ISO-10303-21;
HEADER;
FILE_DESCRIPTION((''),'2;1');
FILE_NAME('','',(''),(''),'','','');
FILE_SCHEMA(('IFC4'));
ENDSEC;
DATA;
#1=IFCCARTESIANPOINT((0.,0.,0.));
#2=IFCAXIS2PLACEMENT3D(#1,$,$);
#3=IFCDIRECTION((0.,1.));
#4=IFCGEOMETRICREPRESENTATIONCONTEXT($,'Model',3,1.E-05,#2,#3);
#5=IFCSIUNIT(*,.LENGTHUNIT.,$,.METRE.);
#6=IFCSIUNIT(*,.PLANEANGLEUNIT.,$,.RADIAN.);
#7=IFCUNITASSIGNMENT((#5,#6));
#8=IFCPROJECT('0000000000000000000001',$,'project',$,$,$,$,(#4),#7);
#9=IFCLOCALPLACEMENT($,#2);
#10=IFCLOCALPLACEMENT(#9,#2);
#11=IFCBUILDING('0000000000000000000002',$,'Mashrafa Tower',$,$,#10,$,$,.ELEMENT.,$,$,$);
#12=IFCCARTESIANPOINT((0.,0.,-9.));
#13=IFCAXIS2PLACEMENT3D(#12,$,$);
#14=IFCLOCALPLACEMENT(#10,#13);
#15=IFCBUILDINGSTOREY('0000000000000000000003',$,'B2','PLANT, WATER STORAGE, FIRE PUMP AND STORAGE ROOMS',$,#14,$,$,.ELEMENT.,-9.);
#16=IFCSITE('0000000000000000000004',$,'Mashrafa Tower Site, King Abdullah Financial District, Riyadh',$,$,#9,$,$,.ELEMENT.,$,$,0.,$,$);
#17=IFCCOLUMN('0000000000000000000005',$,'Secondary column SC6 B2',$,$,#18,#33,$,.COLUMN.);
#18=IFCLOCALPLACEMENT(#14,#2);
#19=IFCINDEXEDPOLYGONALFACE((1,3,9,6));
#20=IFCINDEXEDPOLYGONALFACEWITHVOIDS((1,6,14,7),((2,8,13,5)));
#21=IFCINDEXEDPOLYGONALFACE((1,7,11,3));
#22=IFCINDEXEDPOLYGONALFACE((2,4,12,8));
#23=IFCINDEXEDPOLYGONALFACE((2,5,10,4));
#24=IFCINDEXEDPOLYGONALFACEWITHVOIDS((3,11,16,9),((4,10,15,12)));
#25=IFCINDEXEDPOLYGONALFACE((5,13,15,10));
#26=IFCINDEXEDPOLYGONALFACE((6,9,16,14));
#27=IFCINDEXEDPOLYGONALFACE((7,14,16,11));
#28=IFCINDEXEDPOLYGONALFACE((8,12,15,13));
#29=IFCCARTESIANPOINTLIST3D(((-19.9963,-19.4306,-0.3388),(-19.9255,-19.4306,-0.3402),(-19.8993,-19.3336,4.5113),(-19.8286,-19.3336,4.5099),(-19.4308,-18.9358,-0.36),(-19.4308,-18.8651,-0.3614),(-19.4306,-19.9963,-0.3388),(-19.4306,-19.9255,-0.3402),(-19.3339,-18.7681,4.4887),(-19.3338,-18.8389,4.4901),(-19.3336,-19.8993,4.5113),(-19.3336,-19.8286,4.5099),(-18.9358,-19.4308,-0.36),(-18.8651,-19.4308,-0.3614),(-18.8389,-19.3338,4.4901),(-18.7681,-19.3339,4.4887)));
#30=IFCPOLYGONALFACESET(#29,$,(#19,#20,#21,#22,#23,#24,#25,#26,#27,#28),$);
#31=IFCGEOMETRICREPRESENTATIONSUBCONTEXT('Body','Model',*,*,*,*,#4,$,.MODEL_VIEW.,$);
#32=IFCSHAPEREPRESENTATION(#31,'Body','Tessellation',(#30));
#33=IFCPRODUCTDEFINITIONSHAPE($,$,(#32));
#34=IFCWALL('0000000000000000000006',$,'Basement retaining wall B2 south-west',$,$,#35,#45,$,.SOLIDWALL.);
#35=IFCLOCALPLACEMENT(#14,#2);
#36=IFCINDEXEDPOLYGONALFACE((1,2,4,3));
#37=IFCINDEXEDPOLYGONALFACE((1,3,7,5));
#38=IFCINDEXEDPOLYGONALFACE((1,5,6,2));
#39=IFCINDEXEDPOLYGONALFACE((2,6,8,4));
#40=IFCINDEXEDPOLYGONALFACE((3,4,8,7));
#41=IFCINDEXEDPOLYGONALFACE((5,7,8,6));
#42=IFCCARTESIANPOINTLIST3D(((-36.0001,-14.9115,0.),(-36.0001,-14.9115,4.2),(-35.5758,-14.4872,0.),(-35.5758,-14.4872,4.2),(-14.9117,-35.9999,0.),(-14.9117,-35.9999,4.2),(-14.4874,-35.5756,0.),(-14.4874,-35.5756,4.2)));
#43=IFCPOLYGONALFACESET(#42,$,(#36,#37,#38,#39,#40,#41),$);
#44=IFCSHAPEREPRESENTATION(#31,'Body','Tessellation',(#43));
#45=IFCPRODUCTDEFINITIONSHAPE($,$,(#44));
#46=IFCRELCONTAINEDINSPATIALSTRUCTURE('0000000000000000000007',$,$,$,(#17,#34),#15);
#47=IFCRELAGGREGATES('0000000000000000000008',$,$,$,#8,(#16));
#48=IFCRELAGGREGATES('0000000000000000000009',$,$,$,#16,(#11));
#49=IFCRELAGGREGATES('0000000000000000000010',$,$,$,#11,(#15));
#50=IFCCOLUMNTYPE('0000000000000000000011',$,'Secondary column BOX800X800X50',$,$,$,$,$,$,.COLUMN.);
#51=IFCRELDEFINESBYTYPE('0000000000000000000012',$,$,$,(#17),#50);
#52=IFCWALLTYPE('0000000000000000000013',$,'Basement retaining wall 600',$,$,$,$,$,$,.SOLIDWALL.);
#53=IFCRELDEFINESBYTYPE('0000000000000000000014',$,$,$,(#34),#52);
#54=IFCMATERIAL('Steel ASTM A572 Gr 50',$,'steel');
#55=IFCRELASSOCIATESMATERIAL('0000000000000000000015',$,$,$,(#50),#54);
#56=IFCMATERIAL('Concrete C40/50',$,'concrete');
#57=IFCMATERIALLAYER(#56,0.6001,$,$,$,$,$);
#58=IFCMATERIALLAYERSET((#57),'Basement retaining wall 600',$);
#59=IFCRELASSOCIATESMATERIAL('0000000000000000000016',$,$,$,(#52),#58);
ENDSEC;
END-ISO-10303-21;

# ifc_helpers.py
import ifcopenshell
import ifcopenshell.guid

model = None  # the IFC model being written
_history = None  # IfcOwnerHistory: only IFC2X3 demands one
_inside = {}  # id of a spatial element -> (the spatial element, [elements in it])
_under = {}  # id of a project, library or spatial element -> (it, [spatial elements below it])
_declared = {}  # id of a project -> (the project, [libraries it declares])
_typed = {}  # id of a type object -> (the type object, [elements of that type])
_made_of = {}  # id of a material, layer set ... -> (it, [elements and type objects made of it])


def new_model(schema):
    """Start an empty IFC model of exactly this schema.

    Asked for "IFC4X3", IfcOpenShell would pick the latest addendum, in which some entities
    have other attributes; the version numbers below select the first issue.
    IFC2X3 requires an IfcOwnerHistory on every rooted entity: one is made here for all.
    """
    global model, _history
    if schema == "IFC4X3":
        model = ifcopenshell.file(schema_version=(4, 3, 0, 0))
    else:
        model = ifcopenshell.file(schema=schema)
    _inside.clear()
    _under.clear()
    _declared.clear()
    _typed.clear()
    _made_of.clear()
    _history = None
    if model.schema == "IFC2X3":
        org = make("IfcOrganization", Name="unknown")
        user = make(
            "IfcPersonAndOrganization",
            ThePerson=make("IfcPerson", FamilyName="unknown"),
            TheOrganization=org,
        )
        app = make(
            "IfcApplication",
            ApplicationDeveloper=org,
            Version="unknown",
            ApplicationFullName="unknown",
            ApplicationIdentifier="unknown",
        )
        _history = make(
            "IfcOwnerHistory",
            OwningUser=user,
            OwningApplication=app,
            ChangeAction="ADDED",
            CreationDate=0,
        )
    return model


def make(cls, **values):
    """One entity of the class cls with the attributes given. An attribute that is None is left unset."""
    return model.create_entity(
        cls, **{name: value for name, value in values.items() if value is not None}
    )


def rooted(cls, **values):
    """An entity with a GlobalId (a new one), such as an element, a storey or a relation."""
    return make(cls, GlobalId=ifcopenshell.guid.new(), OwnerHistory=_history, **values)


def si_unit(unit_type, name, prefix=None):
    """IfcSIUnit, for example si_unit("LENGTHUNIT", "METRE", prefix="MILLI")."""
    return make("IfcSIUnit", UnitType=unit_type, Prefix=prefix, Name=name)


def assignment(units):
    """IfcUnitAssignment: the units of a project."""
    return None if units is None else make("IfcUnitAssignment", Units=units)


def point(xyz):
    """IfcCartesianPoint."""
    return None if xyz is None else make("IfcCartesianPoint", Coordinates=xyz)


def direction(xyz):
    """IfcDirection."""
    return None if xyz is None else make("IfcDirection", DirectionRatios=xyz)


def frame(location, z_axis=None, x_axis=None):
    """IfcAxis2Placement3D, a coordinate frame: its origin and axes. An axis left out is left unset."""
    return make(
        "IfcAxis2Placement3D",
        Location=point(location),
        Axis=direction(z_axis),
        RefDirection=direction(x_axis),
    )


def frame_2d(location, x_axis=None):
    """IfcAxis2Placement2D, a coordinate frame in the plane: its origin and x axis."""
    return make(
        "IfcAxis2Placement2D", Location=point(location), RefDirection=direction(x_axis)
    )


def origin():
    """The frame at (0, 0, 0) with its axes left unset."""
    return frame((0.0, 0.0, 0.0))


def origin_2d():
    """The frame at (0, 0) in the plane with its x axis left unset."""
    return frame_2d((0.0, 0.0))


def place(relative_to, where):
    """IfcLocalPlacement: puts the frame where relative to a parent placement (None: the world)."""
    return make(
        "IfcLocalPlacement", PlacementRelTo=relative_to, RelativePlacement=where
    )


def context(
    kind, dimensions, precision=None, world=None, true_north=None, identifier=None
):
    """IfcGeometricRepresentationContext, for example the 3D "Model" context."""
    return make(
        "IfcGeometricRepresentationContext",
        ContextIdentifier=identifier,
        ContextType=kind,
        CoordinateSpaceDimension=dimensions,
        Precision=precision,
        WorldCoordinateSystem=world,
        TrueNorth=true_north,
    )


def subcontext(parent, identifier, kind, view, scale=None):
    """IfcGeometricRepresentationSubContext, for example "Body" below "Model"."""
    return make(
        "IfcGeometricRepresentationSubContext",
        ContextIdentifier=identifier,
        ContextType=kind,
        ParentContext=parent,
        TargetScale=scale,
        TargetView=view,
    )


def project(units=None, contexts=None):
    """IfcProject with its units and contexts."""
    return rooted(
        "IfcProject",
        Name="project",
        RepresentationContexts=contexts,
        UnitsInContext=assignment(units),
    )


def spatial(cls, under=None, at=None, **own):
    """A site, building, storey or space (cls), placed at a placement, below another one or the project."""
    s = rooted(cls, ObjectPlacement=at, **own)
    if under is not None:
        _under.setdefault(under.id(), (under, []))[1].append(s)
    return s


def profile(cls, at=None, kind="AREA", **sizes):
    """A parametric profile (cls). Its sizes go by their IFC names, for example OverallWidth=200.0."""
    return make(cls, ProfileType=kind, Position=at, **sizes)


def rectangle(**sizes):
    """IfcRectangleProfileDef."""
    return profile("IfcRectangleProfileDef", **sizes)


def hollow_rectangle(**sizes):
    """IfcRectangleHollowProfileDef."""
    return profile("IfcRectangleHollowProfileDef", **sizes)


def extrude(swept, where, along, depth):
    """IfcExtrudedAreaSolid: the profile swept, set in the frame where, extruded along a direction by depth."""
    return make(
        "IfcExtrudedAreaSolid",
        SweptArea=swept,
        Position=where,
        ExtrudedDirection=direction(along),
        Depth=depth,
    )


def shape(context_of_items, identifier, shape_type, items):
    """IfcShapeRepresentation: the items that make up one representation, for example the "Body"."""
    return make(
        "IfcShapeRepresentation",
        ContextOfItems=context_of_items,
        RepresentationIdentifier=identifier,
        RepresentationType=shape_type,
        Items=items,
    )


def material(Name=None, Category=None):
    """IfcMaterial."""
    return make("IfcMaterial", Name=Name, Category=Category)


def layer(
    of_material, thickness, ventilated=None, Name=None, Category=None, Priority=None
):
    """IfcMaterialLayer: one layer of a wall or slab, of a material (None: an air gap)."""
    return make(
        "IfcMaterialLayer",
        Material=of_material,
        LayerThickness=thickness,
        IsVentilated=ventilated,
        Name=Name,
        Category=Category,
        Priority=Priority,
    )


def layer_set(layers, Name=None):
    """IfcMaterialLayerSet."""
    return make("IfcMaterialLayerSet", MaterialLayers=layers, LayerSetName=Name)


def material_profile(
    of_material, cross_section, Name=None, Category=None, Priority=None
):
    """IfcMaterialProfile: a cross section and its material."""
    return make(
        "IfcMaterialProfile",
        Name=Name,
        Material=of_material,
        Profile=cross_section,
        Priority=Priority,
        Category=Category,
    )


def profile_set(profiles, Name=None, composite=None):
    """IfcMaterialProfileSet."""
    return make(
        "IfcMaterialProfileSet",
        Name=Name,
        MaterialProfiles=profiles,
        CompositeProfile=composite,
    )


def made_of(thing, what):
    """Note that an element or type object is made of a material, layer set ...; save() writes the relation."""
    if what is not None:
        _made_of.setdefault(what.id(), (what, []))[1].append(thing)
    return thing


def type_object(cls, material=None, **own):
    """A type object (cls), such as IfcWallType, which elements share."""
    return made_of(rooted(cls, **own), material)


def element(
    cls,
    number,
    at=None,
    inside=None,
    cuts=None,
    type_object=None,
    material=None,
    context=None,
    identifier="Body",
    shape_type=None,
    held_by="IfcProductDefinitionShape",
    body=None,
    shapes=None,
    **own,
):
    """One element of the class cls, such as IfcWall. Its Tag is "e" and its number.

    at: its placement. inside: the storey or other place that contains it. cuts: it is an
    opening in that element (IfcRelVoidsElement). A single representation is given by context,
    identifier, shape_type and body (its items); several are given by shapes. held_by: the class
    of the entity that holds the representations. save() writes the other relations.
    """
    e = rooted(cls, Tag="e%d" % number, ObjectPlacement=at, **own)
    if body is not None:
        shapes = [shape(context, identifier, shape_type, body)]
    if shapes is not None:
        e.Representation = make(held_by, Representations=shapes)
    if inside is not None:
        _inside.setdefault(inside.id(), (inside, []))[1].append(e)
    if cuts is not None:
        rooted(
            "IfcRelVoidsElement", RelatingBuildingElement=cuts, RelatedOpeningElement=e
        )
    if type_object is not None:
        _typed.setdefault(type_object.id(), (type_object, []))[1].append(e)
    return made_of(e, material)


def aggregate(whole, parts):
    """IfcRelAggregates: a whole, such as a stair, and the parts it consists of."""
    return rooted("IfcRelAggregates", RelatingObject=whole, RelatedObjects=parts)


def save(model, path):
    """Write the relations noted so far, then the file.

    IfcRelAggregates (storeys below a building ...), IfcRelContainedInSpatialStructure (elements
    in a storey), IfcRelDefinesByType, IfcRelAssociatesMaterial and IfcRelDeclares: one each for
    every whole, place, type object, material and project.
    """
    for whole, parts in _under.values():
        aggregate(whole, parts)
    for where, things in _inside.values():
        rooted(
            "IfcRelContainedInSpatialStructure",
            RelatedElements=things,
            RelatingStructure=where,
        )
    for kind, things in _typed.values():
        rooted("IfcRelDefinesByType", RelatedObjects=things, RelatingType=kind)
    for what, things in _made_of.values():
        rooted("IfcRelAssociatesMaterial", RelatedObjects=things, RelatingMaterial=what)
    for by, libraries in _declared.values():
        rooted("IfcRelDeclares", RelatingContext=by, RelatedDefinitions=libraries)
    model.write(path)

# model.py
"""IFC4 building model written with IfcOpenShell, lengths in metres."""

from ifc_helpers import new_model, si_unit, direction, frame, frame_2d, origin, origin_2d, place, context, subcontext, project, spatial, rectangle, hollow_rectangle, extrude, material, layer, layer_set, material_profile, profile_set, type_object, element, save


model = new_model("IFC4")

# Units and contexts
model_context = context("Model", 3, precision=1e-05, world=origin(), true_north=direction((0.0, 1.0)))
body_context = subcontext(model_context, "Body", "Model", "MODEL_VIEW")
ifc_project = project(units=[si_unit("LENGTHUNIT", "METRE"), si_unit("PLANEANGLEUNIT", "RADIAN")], contexts=[model_context])

# Site, building, storey
site_placement = place(None, origin())
site = spatial("IfcSite", under=ifc_project, at=site_placement, Name="Mashrafa Tower Site, King Abdullah Financial District, Riyadh", CompositionType="ELEMENT", RefElevation=0.0)
building_placement = place(site_placement, origin())
building = spatial("IfcBuilding", under=site, at=building_placement, Name="Mashrafa Tower", CompositionType="ELEMENT")
storey_placement = place(building_placement, frame((0.0, 0.0, -9.0)))
storey = spatial("IfcBuildingStorey", under=building, at=storey_placement, Name="B2", Description="PLANT, WATER STORAGE, FIRE PUMP AND STORAGE ROOMS", CompositionType="ELEMENT", Elevation=-9.0)

# Column
ifc_material_1 = material(Name="Steel ASTM A572 Gr 50", Category="steel")
ifc_material_profile_1 = material_profile(ifc_material_1, hollow_rectangle(XDim=0.8, YDim=0.8, WallThickness=0.05, at=origin_2d()), Name="BOX800X800X50")
ifc_profile_set_1 = profile_set([ifc_material_profile_1], Name="Steel ASTM A572 Gr 50")
column_type_1 = type_object("IfcColumnType", Name="Secondary column BOX800X800X50", PredefinedType="COLUMN", material=ifc_profile_set_1)
column_placement = place(storey_placement, frame((-19.4307, -19.4307, -0.3501), z_axis=(0.019976, 0.019976, 0.999601), x_axis=(-0.707107, 0.707107, 0.0)))
element("IfcColumn", 1, at=column_placement, inside=storey, type_object=column_type_1, Name="Secondary column SC6 B2", PredefinedType="COLUMN", context=body_context, shape_type="SweptSolid", body=[
    extrude(hollow_rectangle(XDim=0.8, YDim=0.8, WallThickness=0.05, at=origin_2d()), origin(), (0.0, 0.0, 1.0), 4.8521),
])

# Wall
ifc_material_2 = material(Name="Concrete C40/50", Category="concrete")
ifc_layer = layer(ifc_material_2, 0.6001)
ifc_layer_set = layer_set([ifc_layer], Name="Basement retaining wall 600")
wall_type = type_object("IfcWallType", Name="Basement retaining wall 600", PredefinedType="SOLIDWALL", material=ifc_layer_set)
wall_placement = place(storey_placement, frame((-35.7878, -14.6995, 0.0), z_axis=(0.0, 0.0, 1.0), x_axis=(0.707107, -0.707107, 0.0)))
element("IfcWall", 2, at=wall_placement, inside=storey, type_object=wall_type, Name="Basement retaining wall B2 south-west", PredefinedType="SOLIDWALL", context=body_context, shape_type="SweptSolid", body=[
    extrude(rectangle(XDim=29.8235, YDim=0.6001, at=frame_2d((14.9116, 0.0))), origin(), (0.0, 0.0, 1.0), 4.2),
])

save(model, "model.ifc")
